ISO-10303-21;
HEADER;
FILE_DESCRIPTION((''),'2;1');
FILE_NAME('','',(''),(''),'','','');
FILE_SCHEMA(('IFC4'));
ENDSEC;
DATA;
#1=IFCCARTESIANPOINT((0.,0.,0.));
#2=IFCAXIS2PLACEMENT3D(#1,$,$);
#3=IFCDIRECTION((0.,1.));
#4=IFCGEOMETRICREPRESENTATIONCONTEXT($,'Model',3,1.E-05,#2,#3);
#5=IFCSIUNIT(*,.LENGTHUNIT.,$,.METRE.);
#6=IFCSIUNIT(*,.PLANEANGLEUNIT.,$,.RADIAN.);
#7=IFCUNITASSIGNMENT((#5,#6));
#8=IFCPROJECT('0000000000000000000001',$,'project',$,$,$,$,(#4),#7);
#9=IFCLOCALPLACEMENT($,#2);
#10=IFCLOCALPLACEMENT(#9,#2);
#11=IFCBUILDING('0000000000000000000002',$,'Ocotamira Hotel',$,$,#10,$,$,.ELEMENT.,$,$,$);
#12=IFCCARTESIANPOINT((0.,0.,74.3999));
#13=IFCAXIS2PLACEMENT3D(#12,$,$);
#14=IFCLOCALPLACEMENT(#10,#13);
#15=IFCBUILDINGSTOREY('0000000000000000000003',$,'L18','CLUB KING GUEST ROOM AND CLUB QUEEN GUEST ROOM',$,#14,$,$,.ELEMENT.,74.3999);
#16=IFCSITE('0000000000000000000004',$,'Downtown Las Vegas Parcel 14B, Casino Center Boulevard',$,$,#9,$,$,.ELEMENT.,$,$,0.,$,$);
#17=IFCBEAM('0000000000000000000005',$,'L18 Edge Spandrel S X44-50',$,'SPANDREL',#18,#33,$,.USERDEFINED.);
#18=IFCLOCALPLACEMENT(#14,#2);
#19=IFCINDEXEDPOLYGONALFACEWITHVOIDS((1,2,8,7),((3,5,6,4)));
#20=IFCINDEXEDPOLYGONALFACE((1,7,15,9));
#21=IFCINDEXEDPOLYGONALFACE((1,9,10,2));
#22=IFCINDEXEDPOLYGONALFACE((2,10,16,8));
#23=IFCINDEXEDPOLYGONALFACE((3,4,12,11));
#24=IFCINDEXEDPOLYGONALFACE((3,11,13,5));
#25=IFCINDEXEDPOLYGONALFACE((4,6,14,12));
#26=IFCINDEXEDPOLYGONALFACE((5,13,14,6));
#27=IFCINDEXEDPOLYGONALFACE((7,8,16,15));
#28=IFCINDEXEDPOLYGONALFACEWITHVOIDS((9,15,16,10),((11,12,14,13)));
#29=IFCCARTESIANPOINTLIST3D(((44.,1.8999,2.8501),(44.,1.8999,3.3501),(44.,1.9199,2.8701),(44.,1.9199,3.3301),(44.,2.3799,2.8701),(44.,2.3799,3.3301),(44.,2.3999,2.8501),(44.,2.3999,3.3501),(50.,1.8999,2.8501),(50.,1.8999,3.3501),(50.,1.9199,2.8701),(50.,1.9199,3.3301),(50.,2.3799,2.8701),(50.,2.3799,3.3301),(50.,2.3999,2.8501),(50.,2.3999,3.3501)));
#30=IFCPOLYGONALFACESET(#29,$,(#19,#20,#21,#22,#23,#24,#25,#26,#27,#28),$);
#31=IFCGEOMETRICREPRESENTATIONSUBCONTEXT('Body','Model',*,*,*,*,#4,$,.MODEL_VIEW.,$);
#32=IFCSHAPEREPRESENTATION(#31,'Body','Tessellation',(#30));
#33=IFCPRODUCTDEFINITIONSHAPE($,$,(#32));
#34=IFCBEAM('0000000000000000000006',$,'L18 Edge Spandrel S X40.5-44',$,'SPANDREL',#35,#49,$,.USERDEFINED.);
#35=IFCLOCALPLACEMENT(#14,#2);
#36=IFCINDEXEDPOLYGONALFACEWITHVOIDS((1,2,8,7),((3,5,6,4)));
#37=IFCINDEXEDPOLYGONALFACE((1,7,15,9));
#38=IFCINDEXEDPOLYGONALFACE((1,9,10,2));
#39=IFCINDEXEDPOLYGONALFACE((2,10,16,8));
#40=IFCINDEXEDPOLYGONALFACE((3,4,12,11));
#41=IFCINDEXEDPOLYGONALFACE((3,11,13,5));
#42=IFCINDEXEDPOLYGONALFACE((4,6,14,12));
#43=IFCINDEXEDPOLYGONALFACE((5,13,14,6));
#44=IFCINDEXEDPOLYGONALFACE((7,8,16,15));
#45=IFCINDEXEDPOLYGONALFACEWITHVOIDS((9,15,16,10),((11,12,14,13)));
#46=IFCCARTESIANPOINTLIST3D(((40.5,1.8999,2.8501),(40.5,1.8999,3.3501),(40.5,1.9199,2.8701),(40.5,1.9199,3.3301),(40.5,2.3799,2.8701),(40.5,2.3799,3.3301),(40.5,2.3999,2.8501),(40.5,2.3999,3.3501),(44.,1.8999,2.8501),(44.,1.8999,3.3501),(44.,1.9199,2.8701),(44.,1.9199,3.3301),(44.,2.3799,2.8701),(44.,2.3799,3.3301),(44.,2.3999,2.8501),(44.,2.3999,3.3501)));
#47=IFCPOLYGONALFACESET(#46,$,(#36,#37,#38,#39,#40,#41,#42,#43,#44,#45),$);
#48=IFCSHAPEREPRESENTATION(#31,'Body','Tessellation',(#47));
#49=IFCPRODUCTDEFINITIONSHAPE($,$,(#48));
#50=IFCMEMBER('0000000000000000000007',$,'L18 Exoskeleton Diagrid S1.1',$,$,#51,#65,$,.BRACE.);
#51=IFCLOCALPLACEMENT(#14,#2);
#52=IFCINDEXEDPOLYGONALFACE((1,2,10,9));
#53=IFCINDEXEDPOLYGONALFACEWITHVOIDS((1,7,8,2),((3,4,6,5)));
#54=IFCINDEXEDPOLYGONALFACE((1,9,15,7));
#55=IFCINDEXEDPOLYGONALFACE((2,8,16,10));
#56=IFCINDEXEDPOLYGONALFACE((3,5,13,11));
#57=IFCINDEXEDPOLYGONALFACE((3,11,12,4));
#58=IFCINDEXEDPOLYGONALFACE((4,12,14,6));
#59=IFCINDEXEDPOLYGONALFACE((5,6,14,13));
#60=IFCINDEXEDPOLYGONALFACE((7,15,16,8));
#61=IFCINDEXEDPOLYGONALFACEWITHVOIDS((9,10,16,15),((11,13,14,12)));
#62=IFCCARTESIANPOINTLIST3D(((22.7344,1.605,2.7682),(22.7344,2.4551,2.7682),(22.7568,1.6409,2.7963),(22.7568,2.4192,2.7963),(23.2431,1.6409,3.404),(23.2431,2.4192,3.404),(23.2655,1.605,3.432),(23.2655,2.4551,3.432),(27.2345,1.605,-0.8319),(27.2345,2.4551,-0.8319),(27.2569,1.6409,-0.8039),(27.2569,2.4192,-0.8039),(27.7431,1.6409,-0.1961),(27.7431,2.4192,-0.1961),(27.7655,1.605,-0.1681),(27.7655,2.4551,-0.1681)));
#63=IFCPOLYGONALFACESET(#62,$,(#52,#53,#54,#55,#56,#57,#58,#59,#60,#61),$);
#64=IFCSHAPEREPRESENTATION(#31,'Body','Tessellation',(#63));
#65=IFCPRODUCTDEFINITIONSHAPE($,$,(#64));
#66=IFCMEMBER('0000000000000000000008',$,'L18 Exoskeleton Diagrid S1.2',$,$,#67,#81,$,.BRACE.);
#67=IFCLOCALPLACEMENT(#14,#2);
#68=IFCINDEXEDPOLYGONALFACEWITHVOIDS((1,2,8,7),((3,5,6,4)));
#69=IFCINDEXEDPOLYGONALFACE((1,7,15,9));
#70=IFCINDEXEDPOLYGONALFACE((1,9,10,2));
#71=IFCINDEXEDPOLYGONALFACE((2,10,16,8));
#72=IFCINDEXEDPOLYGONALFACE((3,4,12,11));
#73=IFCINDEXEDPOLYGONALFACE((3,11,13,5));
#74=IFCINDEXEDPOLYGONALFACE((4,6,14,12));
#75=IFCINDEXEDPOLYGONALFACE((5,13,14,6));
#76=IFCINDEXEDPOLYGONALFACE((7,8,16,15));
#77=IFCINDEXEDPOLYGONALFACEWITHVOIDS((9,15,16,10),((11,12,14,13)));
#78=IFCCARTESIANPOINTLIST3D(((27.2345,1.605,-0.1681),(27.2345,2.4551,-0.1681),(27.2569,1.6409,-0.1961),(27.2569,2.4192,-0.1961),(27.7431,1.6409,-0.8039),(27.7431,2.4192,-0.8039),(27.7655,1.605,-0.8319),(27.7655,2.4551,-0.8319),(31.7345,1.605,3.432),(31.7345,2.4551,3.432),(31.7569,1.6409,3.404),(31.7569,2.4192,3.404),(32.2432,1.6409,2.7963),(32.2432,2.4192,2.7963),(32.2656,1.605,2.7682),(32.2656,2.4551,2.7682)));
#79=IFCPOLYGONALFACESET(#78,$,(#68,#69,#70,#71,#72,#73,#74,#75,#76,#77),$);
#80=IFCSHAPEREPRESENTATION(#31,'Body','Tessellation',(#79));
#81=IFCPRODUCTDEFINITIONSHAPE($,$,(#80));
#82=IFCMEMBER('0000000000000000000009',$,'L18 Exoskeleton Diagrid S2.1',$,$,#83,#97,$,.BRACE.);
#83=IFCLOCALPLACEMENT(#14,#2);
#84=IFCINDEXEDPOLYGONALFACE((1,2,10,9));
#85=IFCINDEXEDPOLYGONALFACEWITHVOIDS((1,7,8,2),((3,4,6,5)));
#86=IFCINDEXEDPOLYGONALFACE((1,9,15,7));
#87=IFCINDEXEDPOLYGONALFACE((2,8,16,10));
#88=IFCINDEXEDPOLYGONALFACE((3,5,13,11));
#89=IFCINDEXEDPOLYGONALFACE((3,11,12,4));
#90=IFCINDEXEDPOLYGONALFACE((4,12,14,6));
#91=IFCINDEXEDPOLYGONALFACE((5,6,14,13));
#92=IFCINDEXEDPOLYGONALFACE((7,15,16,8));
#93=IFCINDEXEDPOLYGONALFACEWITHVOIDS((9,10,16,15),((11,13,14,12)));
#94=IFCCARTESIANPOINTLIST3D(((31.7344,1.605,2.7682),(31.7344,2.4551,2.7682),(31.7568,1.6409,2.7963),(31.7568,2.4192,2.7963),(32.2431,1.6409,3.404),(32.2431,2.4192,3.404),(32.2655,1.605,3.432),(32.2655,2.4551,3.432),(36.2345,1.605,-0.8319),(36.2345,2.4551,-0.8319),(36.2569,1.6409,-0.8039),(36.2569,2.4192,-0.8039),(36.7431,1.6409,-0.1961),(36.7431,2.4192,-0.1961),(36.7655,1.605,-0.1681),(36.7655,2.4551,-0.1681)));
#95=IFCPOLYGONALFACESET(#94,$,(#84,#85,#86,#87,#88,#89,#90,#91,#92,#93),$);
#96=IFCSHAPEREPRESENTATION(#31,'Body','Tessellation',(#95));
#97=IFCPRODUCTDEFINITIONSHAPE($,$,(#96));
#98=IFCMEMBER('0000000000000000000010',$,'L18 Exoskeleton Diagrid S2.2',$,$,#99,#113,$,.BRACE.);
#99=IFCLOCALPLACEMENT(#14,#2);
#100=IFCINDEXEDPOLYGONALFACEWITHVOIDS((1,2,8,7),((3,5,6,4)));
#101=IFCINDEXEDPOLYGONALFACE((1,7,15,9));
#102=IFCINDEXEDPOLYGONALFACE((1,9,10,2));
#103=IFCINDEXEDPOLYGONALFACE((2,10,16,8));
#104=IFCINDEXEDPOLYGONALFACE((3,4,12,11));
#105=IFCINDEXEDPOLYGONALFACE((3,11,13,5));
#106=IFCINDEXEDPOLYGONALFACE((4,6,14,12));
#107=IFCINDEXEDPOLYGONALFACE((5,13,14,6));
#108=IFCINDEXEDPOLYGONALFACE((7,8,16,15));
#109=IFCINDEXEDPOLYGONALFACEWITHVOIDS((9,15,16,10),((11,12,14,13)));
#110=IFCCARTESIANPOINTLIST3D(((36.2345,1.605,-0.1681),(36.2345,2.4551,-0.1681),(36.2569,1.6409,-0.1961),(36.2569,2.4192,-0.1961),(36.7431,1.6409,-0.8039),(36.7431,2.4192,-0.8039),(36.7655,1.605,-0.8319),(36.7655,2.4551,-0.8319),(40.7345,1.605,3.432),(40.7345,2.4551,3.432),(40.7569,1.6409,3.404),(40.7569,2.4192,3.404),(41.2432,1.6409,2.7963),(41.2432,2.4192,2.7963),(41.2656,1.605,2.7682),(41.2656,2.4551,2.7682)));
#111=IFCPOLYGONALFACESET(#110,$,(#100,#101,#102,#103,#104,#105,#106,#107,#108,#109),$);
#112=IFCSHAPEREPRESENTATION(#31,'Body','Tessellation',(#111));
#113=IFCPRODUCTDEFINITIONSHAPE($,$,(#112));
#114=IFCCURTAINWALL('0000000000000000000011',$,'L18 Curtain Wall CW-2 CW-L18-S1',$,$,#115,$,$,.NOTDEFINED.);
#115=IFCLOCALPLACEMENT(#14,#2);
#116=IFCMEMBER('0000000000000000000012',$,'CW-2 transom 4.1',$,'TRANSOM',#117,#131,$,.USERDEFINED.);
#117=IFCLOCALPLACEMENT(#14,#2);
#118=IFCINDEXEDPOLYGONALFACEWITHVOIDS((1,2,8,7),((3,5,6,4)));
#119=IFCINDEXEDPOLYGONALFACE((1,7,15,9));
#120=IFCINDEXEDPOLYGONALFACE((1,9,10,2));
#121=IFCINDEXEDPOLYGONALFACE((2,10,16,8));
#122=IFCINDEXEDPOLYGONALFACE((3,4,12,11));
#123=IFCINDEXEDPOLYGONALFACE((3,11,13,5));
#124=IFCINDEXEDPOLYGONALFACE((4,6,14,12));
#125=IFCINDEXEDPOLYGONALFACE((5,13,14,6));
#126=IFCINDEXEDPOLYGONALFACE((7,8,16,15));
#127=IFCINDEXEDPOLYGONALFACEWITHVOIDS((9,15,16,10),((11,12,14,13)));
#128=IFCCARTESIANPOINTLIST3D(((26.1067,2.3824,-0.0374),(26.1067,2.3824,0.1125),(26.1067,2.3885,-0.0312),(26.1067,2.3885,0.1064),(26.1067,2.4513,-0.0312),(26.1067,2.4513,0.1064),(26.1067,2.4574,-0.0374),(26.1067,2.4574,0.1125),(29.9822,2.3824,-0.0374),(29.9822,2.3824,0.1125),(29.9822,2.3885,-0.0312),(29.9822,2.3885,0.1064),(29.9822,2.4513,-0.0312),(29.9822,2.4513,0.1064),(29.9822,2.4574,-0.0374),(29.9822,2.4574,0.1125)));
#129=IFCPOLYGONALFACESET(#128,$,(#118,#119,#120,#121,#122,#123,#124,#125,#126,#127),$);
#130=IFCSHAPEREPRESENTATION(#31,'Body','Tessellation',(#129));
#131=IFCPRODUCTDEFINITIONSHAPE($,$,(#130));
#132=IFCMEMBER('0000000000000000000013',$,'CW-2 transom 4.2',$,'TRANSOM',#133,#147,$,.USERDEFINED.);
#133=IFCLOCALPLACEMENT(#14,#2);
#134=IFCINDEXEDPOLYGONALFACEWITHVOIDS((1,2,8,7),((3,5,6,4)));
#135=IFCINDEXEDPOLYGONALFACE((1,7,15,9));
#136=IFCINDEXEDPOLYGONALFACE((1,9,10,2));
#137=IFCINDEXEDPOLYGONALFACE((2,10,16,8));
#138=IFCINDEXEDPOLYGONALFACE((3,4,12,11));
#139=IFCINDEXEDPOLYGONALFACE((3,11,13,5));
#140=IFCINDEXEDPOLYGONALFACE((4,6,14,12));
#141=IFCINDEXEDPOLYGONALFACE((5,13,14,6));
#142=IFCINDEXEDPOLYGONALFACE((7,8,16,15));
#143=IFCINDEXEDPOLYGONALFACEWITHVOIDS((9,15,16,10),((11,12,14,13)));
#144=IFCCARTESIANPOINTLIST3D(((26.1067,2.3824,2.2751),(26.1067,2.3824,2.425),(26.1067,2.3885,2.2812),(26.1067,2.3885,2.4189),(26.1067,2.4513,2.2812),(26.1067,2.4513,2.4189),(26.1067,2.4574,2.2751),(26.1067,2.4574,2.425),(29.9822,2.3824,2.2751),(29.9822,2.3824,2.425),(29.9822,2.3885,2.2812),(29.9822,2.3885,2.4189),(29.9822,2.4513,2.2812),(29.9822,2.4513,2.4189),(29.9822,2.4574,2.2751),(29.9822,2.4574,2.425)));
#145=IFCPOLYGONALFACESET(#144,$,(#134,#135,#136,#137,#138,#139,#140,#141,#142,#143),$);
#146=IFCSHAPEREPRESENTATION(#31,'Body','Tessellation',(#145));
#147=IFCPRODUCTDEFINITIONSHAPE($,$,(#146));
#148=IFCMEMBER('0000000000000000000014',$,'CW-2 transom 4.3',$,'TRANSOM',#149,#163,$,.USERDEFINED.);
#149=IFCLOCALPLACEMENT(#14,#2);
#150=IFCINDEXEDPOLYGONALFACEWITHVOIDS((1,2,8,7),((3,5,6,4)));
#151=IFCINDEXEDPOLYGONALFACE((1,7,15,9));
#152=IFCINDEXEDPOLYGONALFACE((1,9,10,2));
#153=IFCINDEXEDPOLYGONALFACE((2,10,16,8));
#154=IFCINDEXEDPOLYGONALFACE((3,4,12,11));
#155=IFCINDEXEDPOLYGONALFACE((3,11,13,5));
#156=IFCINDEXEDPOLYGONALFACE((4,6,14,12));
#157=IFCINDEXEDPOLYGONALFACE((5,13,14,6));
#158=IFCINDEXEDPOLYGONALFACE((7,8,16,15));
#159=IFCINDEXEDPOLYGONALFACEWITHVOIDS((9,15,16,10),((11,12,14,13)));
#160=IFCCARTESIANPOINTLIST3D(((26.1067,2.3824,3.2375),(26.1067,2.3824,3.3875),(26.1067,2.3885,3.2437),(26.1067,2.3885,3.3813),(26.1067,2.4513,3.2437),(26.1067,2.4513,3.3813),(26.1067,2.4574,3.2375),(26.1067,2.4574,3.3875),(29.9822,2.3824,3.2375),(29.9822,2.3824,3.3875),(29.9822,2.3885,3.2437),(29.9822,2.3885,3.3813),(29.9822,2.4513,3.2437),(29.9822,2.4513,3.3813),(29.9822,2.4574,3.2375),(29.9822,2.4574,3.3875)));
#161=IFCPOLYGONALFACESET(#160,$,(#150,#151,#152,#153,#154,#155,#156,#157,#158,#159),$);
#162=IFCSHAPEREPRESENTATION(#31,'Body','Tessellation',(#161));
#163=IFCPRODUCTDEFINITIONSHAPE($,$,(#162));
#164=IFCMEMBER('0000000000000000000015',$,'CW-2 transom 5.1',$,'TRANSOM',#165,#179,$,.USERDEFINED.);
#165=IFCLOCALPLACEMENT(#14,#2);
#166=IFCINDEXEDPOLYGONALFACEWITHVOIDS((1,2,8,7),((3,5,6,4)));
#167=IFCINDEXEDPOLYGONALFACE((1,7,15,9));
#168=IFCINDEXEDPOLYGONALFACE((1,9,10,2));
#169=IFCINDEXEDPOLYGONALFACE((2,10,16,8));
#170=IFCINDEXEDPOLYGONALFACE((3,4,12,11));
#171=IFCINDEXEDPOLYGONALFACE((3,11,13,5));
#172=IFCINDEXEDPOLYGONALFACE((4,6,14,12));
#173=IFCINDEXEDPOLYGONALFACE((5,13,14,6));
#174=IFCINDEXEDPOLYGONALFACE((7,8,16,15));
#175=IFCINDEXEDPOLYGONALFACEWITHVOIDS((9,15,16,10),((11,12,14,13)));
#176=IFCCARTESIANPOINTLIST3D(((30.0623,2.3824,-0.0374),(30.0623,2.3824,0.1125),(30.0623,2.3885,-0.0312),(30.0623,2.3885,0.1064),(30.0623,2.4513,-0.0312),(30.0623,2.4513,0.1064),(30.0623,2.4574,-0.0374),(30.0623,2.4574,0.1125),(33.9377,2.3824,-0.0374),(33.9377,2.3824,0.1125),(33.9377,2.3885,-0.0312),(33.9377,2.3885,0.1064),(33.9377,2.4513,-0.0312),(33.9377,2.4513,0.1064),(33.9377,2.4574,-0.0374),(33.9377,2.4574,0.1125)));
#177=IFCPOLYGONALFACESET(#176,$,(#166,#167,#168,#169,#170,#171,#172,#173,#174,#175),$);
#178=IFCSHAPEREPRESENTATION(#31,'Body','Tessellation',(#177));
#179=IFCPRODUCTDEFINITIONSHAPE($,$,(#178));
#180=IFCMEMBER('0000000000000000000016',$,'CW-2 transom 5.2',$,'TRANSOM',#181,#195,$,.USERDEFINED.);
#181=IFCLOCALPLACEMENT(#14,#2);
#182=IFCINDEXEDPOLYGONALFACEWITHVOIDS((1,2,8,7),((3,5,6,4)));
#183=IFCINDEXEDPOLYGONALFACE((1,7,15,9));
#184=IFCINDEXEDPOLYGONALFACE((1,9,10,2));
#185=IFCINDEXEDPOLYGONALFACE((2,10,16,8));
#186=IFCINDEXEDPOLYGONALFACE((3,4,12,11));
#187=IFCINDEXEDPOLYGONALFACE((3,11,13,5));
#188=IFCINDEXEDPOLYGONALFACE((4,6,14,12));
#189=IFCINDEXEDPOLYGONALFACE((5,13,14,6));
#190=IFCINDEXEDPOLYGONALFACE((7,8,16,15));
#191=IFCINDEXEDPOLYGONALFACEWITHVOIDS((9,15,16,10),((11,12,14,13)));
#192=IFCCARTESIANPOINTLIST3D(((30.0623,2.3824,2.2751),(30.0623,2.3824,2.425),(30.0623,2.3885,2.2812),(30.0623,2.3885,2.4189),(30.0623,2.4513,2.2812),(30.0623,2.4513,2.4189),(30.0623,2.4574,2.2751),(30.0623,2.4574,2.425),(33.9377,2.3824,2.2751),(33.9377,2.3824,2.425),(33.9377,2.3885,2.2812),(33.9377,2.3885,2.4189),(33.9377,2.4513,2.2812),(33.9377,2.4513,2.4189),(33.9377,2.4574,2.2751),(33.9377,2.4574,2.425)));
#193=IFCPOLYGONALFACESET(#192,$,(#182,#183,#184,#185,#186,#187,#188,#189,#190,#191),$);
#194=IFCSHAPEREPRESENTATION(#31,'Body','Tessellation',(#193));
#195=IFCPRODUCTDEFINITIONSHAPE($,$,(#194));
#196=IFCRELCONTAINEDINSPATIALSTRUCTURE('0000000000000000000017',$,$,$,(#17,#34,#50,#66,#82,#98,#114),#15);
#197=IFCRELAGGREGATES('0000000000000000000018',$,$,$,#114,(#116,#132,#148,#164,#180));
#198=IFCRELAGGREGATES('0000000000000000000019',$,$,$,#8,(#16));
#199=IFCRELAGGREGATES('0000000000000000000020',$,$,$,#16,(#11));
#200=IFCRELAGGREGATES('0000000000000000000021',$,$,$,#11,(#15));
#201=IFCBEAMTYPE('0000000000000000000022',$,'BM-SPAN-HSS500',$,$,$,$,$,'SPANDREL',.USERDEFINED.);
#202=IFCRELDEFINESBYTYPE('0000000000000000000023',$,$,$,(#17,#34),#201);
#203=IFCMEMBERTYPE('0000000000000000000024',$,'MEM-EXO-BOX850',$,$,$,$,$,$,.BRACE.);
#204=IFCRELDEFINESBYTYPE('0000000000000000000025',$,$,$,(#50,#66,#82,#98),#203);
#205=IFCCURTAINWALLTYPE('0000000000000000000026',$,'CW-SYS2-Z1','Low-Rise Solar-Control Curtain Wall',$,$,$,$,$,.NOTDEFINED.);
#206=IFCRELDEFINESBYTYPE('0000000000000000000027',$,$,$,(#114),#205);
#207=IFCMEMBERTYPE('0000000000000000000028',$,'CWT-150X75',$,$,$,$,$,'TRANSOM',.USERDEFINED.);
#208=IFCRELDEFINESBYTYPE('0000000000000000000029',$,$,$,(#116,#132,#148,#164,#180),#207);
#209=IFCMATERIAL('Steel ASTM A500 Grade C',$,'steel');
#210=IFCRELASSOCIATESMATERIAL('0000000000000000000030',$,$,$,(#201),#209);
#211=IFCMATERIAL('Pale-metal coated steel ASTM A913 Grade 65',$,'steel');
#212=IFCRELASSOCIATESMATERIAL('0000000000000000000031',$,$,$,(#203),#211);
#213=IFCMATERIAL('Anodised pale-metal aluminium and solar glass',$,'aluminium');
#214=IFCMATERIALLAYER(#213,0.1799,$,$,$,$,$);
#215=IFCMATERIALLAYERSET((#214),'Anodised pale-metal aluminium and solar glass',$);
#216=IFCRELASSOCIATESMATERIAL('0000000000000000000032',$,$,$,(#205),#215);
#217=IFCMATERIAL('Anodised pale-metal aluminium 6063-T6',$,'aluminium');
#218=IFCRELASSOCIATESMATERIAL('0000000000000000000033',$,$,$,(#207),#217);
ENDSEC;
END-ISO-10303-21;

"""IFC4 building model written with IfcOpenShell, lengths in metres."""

from ifc_helpers import new_model, si_unit, direction, frame, origin, origin_2d, place, context, subcontext, project, spatial, hollow_rectangle, extrude, source, transform, mapped, material, layer, layer_set, material_profile, profile_set, type_object, element, aggregate, save


model = new_model("IFC4")

# Units and contexts
model_context = context("Model", 3, precision=1e-05, world=origin(), true_north=direction((0.0, 1.0)))
body_context = subcontext(model_context, "Body", "Model", "MODEL_VIEW")
ifc_project = project(units=[si_unit("LENGTHUNIT", "METRE"), si_unit("PLANEANGLEUNIT", "RADIAN")], contexts=[model_context])

# Site, building, storey
site_placement = place(None, origin())
site = spatial("IfcSite", under=ifc_project, at=site_placement, Name="Downtown Las Vegas Parcel 14B, Casino Center Boulevard", CompositionType="ELEMENT", RefElevation=0.0)
building_placement = place(site_placement, origin())
building = spatial("IfcBuilding", under=site, at=building_placement, Name="Ocotamira Hotel", CompositionType="ELEMENT")
storey_placement = place(building_placement, frame((0.0, 0.0, 74.3999)))
storey = spatial("IfcBuildingStorey", under=building, at=storey_placement, Name="L18", Description="CLUB KING GUEST ROOM AND CLUB QUEEN GUEST ROOM", CompositionType="ELEMENT", Elevation=74.3999)

# Beams
ifc_material_1 = material(Name="Steel ASTM A500 Grade C", Category="steel")
ifc_material_profile_1 = material_profile(ifc_material_1, hollow_rectangle(XDim=0.5, YDim=0.5, WallThickness=0.02, at=origin_2d()), Name="HSS500X500X20")
ifc_profile_set_1 = profile_set([ifc_material_profile_1], Name="Steel ASTM A500 Grade C")
beam_type = type_object("IfcBeamType", Name="BM-SPAN-HSS500", ElementType="SPANDREL", PredefinedType="USERDEFINED", material=ifc_profile_set_1)
shared_shape_1 = source(origin(), body_context, "Body", "SweptSolid", [
    extrude(hollow_rectangle(XDim=0.5, YDim=0.5, WallThickness=0.02, at=origin_2d()), origin(), (0.0, 0.0, 1.0), 6.0),
])
beam_1_placement = place(storey_placement, frame((44.0, 2.1499, 3.1001), z_axis=(1.0, 0.0, 0.0), x_axis=(0.0, 1.0, 0.0)))
element("IfcBeam", 1, at=beam_1_placement, inside=storey, type_object=beam_type, Name="L18 Edge Spandrel S X44-50", ObjectType="SPANDREL", PredefinedType="USERDEFINED", context=body_context, shape_type="MappedRepresentation", body=[
    mapped(shared_shape_1, transform((0.0, 0.0, 0.0), scale=1.0)),
])
shared_shape_2 = source(origin(), body_context, "Body", "SweptSolid", [
    extrude(hollow_rectangle(XDim=0.5, YDim=0.5, WallThickness=0.02, at=origin_2d()), origin(), (0.0, 0.0, 1.0), 3.5),
])
beam_2_placement = place(storey_placement, frame((40.5, 2.1499, 3.1001), z_axis=(1.0, 0.0, 0.0), x_axis=(0.0, 1.0, 0.0)))
element("IfcBeam", 2, at=beam_2_placement, inside=storey, type_object=beam_type, Name="L18 Edge Spandrel S X40.5-44", ObjectType="SPANDREL", PredefinedType="USERDEFINED", context=body_context, shape_type="MappedRepresentation", body=[
    mapped(shared_shape_2, transform((0.0, 0.0, 0.0), scale=1.0)),
])

# Members
ifc_material_2 = material(Name="Pale-metal coated steel ASTM A913 Grade 65", Category="steel")
ifc_material_profile_2 = material_profile(ifc_material_2, hollow_rectangle(XDim=0.8501, YDim=0.8501, WallThickness=0.0359, at=origin_2d()), Name="BOX850X850X36")
ifc_profile_set_2 = profile_set([ifc_material_profile_2], Name="Pale-metal coated steel ASTM A913 Grade 65")
member_type_1 = type_object("IfcMemberType", Name="MEM-EXO-BOX850", PredefinedType="BRACE", material=ifc_profile_set_2)
shared_shape_3 = source(origin(), body_context, "Body", "SweptSolid", [
    extrude(hollow_rectangle(XDim=0.8501, YDim=0.8501, WallThickness=0.0359, at=origin_2d()), origin(), (0.0, 0.0, 1.0), 5.7629),
])
for number, where, z_axis, x_axis, name in (
    (3, (27.5, 2.03, -0.5), (-0.780861, 0.0, 0.624705), (0.0, -1.0, 0.0), "L18 Exoskeleton Diagrid S1.1"),
    (4, (27.5, 2.03, -0.5), (0.780861, 0.0, 0.624705), (0.0, 1.0, 0.0), "L18 Exoskeleton Diagrid S1.2"),
    (5, (36.5, 2.03, -0.5), (-0.780861, 0.0, 0.624705), (0.0, -1.0, 0.0), "L18 Exoskeleton Diagrid S2.1"),
    (6, (36.5, 2.03, -0.5), (0.780861, 0.0, 0.624705), (0.0, 1.0, 0.0), "L18 Exoskeleton Diagrid S2.2"),
):
    element("IfcMember", number, at=place(storey_placement, frame(where, z_axis=z_axis, x_axis=x_axis)), inside=storey, type_object=member_type_1, Name=name, PredefinedType="BRACE", context=body_context, shape_type="MappedRepresentation", body=[
        mapped(shared_shape_3, transform((0.0, 0.0, 0.0), scale=1.0)),
    ])

# Curtain wall, members
ifc_material_3 = material(Name="Anodised pale-metal aluminium and solar glass", Category="aluminium")
ifc_layer_1 = layer(ifc_material_3, 0.1799)
ifc_layer_set_1 = layer_set([ifc_layer_1], Name="Anodised pale-metal aluminium and solar glass")
curtain_wall_type = type_object("IfcCurtainWallType", Name="CW-SYS2-Z1", Description="Low-Rise Solar-Control Curtain Wall", PredefinedType="NOTDEFINED", material=ifc_layer_set_1)
curtain_wall_placement = place(storey_placement, origin())
curtain_wall = element("IfcCurtainWall", 7, at=curtain_wall_placement, inside=storey, type_object=curtain_wall_type, Name="L18 Curtain Wall CW-2 CW-L18-S1", PredefinedType="NOTDEFINED")
ifc_material_4 = material(Name="Anodised pale-metal aluminium 6063-T6", Category="aluminium")
ifc_material_profile_3 = material_profile(ifc_material_4, hollow_rectangle(XDim=0.075, YDim=0.1499, WallThickness=0.0061, at=origin_2d()), Name="HSS150X75X6")
ifc_profile_set_3 = profile_set([ifc_material_profile_3], Name="Anodised pale-metal aluminium 6063-T6")
member_type_2 = type_object("IfcMemberType", Name="CWT-150X75", ElementType="TRANSOM", PredefinedType="USERDEFINED", material=ifc_profile_set_3)
shared_shape_4 = source(origin(), body_context, "Body", "SweptSolid", [
    extrude(hollow_rectangle(XDim=0.075, YDim=0.1499, WallThickness=0.0061, at=origin_2d()), origin(), (0.0, 0.0, 1.0), 3.8755),
])
member_1_placement = place(storey_placement, frame((26.1067, 2.4199, 0.0376), z_axis=(1.0, 0.0, 0.0), x_axis=(0.0, 1.0, 0.0)))
member_1 = element("IfcMember", 8, at=member_1_placement, type_object=member_type_2, Name="CW-2 transom 4.1", ObjectType="TRANSOM", PredefinedType="USERDEFINED", context=body_context, shape_type="MappedRepresentation", body=[
    mapped(shared_shape_4, transform((0.0, 0.0, 0.0), scale=1.0)),
])
member_2_placement = place(storey_placement, frame((26.1067, 2.4199, 2.3501), z_axis=(1.0, 0.0, 0.0), x_axis=(0.0, 1.0, 0.0)))
member_2 = element("IfcMember", 9, at=member_2_placement, type_object=member_type_2, Name="CW-2 transom 4.2", ObjectType="TRANSOM", PredefinedType="USERDEFINED", context=body_context, shape_type="MappedRepresentation", body=[
    mapped(shared_shape_4, transform((0.0, 0.0, 0.0), scale=1.0)),
])
member_3_placement = place(storey_placement, frame((26.1067, 2.4199, 3.3125), z_axis=(1.0, 0.0, 0.0), x_axis=(0.0, 1.0, 0.0)))
member_3 = element("IfcMember", 10, at=member_3_placement, type_object=member_type_2, Name="CW-2 transom 4.3", ObjectType="TRANSOM", PredefinedType="USERDEFINED", context=body_context, shape_type="MappedRepresentation", body=[
    mapped(shared_shape_4, transform((0.0, 0.0, 0.0), scale=1.0)),
])
member_4_placement = place(storey_placement, frame((30.0623, 2.4199, 0.0376), z_axis=(1.0, 0.0, 0.0), x_axis=(0.0, 1.0, 0.0)))
member_4 = element("IfcMember", 11, at=member_4_placement, type_object=member_type_2, Name="CW-2 transom 5.1", ObjectType="TRANSOM", PredefinedType="USERDEFINED", context=body_context, shape_type="MappedRepresentation", body=[
    mapped(shared_shape_4, transform((0.0, 0.0, 0.0), scale=1.0)),
])
member_5_placement = place(storey_placement, frame((30.0623, 2.4199, 2.3501), z_axis=(1.0, 0.0, 0.0), x_axis=(0.0, 1.0, 0.0)))
member_5 = element("IfcMember", 12, at=member_5_placement, type_object=member_type_2, Name="CW-2 transom 5.2", ObjectType="TRANSOM", PredefinedType="USERDEFINED", context=body_context, shape_type="MappedRepresentation", body=[
    mapped(shared_shape_4, transform((0.0, 0.0, 0.0), scale=1.0)),
])

aggregate(curtain_wall, [member_1, member_2, member_3, member_4, member_5])

save(model, "model.ifc")
